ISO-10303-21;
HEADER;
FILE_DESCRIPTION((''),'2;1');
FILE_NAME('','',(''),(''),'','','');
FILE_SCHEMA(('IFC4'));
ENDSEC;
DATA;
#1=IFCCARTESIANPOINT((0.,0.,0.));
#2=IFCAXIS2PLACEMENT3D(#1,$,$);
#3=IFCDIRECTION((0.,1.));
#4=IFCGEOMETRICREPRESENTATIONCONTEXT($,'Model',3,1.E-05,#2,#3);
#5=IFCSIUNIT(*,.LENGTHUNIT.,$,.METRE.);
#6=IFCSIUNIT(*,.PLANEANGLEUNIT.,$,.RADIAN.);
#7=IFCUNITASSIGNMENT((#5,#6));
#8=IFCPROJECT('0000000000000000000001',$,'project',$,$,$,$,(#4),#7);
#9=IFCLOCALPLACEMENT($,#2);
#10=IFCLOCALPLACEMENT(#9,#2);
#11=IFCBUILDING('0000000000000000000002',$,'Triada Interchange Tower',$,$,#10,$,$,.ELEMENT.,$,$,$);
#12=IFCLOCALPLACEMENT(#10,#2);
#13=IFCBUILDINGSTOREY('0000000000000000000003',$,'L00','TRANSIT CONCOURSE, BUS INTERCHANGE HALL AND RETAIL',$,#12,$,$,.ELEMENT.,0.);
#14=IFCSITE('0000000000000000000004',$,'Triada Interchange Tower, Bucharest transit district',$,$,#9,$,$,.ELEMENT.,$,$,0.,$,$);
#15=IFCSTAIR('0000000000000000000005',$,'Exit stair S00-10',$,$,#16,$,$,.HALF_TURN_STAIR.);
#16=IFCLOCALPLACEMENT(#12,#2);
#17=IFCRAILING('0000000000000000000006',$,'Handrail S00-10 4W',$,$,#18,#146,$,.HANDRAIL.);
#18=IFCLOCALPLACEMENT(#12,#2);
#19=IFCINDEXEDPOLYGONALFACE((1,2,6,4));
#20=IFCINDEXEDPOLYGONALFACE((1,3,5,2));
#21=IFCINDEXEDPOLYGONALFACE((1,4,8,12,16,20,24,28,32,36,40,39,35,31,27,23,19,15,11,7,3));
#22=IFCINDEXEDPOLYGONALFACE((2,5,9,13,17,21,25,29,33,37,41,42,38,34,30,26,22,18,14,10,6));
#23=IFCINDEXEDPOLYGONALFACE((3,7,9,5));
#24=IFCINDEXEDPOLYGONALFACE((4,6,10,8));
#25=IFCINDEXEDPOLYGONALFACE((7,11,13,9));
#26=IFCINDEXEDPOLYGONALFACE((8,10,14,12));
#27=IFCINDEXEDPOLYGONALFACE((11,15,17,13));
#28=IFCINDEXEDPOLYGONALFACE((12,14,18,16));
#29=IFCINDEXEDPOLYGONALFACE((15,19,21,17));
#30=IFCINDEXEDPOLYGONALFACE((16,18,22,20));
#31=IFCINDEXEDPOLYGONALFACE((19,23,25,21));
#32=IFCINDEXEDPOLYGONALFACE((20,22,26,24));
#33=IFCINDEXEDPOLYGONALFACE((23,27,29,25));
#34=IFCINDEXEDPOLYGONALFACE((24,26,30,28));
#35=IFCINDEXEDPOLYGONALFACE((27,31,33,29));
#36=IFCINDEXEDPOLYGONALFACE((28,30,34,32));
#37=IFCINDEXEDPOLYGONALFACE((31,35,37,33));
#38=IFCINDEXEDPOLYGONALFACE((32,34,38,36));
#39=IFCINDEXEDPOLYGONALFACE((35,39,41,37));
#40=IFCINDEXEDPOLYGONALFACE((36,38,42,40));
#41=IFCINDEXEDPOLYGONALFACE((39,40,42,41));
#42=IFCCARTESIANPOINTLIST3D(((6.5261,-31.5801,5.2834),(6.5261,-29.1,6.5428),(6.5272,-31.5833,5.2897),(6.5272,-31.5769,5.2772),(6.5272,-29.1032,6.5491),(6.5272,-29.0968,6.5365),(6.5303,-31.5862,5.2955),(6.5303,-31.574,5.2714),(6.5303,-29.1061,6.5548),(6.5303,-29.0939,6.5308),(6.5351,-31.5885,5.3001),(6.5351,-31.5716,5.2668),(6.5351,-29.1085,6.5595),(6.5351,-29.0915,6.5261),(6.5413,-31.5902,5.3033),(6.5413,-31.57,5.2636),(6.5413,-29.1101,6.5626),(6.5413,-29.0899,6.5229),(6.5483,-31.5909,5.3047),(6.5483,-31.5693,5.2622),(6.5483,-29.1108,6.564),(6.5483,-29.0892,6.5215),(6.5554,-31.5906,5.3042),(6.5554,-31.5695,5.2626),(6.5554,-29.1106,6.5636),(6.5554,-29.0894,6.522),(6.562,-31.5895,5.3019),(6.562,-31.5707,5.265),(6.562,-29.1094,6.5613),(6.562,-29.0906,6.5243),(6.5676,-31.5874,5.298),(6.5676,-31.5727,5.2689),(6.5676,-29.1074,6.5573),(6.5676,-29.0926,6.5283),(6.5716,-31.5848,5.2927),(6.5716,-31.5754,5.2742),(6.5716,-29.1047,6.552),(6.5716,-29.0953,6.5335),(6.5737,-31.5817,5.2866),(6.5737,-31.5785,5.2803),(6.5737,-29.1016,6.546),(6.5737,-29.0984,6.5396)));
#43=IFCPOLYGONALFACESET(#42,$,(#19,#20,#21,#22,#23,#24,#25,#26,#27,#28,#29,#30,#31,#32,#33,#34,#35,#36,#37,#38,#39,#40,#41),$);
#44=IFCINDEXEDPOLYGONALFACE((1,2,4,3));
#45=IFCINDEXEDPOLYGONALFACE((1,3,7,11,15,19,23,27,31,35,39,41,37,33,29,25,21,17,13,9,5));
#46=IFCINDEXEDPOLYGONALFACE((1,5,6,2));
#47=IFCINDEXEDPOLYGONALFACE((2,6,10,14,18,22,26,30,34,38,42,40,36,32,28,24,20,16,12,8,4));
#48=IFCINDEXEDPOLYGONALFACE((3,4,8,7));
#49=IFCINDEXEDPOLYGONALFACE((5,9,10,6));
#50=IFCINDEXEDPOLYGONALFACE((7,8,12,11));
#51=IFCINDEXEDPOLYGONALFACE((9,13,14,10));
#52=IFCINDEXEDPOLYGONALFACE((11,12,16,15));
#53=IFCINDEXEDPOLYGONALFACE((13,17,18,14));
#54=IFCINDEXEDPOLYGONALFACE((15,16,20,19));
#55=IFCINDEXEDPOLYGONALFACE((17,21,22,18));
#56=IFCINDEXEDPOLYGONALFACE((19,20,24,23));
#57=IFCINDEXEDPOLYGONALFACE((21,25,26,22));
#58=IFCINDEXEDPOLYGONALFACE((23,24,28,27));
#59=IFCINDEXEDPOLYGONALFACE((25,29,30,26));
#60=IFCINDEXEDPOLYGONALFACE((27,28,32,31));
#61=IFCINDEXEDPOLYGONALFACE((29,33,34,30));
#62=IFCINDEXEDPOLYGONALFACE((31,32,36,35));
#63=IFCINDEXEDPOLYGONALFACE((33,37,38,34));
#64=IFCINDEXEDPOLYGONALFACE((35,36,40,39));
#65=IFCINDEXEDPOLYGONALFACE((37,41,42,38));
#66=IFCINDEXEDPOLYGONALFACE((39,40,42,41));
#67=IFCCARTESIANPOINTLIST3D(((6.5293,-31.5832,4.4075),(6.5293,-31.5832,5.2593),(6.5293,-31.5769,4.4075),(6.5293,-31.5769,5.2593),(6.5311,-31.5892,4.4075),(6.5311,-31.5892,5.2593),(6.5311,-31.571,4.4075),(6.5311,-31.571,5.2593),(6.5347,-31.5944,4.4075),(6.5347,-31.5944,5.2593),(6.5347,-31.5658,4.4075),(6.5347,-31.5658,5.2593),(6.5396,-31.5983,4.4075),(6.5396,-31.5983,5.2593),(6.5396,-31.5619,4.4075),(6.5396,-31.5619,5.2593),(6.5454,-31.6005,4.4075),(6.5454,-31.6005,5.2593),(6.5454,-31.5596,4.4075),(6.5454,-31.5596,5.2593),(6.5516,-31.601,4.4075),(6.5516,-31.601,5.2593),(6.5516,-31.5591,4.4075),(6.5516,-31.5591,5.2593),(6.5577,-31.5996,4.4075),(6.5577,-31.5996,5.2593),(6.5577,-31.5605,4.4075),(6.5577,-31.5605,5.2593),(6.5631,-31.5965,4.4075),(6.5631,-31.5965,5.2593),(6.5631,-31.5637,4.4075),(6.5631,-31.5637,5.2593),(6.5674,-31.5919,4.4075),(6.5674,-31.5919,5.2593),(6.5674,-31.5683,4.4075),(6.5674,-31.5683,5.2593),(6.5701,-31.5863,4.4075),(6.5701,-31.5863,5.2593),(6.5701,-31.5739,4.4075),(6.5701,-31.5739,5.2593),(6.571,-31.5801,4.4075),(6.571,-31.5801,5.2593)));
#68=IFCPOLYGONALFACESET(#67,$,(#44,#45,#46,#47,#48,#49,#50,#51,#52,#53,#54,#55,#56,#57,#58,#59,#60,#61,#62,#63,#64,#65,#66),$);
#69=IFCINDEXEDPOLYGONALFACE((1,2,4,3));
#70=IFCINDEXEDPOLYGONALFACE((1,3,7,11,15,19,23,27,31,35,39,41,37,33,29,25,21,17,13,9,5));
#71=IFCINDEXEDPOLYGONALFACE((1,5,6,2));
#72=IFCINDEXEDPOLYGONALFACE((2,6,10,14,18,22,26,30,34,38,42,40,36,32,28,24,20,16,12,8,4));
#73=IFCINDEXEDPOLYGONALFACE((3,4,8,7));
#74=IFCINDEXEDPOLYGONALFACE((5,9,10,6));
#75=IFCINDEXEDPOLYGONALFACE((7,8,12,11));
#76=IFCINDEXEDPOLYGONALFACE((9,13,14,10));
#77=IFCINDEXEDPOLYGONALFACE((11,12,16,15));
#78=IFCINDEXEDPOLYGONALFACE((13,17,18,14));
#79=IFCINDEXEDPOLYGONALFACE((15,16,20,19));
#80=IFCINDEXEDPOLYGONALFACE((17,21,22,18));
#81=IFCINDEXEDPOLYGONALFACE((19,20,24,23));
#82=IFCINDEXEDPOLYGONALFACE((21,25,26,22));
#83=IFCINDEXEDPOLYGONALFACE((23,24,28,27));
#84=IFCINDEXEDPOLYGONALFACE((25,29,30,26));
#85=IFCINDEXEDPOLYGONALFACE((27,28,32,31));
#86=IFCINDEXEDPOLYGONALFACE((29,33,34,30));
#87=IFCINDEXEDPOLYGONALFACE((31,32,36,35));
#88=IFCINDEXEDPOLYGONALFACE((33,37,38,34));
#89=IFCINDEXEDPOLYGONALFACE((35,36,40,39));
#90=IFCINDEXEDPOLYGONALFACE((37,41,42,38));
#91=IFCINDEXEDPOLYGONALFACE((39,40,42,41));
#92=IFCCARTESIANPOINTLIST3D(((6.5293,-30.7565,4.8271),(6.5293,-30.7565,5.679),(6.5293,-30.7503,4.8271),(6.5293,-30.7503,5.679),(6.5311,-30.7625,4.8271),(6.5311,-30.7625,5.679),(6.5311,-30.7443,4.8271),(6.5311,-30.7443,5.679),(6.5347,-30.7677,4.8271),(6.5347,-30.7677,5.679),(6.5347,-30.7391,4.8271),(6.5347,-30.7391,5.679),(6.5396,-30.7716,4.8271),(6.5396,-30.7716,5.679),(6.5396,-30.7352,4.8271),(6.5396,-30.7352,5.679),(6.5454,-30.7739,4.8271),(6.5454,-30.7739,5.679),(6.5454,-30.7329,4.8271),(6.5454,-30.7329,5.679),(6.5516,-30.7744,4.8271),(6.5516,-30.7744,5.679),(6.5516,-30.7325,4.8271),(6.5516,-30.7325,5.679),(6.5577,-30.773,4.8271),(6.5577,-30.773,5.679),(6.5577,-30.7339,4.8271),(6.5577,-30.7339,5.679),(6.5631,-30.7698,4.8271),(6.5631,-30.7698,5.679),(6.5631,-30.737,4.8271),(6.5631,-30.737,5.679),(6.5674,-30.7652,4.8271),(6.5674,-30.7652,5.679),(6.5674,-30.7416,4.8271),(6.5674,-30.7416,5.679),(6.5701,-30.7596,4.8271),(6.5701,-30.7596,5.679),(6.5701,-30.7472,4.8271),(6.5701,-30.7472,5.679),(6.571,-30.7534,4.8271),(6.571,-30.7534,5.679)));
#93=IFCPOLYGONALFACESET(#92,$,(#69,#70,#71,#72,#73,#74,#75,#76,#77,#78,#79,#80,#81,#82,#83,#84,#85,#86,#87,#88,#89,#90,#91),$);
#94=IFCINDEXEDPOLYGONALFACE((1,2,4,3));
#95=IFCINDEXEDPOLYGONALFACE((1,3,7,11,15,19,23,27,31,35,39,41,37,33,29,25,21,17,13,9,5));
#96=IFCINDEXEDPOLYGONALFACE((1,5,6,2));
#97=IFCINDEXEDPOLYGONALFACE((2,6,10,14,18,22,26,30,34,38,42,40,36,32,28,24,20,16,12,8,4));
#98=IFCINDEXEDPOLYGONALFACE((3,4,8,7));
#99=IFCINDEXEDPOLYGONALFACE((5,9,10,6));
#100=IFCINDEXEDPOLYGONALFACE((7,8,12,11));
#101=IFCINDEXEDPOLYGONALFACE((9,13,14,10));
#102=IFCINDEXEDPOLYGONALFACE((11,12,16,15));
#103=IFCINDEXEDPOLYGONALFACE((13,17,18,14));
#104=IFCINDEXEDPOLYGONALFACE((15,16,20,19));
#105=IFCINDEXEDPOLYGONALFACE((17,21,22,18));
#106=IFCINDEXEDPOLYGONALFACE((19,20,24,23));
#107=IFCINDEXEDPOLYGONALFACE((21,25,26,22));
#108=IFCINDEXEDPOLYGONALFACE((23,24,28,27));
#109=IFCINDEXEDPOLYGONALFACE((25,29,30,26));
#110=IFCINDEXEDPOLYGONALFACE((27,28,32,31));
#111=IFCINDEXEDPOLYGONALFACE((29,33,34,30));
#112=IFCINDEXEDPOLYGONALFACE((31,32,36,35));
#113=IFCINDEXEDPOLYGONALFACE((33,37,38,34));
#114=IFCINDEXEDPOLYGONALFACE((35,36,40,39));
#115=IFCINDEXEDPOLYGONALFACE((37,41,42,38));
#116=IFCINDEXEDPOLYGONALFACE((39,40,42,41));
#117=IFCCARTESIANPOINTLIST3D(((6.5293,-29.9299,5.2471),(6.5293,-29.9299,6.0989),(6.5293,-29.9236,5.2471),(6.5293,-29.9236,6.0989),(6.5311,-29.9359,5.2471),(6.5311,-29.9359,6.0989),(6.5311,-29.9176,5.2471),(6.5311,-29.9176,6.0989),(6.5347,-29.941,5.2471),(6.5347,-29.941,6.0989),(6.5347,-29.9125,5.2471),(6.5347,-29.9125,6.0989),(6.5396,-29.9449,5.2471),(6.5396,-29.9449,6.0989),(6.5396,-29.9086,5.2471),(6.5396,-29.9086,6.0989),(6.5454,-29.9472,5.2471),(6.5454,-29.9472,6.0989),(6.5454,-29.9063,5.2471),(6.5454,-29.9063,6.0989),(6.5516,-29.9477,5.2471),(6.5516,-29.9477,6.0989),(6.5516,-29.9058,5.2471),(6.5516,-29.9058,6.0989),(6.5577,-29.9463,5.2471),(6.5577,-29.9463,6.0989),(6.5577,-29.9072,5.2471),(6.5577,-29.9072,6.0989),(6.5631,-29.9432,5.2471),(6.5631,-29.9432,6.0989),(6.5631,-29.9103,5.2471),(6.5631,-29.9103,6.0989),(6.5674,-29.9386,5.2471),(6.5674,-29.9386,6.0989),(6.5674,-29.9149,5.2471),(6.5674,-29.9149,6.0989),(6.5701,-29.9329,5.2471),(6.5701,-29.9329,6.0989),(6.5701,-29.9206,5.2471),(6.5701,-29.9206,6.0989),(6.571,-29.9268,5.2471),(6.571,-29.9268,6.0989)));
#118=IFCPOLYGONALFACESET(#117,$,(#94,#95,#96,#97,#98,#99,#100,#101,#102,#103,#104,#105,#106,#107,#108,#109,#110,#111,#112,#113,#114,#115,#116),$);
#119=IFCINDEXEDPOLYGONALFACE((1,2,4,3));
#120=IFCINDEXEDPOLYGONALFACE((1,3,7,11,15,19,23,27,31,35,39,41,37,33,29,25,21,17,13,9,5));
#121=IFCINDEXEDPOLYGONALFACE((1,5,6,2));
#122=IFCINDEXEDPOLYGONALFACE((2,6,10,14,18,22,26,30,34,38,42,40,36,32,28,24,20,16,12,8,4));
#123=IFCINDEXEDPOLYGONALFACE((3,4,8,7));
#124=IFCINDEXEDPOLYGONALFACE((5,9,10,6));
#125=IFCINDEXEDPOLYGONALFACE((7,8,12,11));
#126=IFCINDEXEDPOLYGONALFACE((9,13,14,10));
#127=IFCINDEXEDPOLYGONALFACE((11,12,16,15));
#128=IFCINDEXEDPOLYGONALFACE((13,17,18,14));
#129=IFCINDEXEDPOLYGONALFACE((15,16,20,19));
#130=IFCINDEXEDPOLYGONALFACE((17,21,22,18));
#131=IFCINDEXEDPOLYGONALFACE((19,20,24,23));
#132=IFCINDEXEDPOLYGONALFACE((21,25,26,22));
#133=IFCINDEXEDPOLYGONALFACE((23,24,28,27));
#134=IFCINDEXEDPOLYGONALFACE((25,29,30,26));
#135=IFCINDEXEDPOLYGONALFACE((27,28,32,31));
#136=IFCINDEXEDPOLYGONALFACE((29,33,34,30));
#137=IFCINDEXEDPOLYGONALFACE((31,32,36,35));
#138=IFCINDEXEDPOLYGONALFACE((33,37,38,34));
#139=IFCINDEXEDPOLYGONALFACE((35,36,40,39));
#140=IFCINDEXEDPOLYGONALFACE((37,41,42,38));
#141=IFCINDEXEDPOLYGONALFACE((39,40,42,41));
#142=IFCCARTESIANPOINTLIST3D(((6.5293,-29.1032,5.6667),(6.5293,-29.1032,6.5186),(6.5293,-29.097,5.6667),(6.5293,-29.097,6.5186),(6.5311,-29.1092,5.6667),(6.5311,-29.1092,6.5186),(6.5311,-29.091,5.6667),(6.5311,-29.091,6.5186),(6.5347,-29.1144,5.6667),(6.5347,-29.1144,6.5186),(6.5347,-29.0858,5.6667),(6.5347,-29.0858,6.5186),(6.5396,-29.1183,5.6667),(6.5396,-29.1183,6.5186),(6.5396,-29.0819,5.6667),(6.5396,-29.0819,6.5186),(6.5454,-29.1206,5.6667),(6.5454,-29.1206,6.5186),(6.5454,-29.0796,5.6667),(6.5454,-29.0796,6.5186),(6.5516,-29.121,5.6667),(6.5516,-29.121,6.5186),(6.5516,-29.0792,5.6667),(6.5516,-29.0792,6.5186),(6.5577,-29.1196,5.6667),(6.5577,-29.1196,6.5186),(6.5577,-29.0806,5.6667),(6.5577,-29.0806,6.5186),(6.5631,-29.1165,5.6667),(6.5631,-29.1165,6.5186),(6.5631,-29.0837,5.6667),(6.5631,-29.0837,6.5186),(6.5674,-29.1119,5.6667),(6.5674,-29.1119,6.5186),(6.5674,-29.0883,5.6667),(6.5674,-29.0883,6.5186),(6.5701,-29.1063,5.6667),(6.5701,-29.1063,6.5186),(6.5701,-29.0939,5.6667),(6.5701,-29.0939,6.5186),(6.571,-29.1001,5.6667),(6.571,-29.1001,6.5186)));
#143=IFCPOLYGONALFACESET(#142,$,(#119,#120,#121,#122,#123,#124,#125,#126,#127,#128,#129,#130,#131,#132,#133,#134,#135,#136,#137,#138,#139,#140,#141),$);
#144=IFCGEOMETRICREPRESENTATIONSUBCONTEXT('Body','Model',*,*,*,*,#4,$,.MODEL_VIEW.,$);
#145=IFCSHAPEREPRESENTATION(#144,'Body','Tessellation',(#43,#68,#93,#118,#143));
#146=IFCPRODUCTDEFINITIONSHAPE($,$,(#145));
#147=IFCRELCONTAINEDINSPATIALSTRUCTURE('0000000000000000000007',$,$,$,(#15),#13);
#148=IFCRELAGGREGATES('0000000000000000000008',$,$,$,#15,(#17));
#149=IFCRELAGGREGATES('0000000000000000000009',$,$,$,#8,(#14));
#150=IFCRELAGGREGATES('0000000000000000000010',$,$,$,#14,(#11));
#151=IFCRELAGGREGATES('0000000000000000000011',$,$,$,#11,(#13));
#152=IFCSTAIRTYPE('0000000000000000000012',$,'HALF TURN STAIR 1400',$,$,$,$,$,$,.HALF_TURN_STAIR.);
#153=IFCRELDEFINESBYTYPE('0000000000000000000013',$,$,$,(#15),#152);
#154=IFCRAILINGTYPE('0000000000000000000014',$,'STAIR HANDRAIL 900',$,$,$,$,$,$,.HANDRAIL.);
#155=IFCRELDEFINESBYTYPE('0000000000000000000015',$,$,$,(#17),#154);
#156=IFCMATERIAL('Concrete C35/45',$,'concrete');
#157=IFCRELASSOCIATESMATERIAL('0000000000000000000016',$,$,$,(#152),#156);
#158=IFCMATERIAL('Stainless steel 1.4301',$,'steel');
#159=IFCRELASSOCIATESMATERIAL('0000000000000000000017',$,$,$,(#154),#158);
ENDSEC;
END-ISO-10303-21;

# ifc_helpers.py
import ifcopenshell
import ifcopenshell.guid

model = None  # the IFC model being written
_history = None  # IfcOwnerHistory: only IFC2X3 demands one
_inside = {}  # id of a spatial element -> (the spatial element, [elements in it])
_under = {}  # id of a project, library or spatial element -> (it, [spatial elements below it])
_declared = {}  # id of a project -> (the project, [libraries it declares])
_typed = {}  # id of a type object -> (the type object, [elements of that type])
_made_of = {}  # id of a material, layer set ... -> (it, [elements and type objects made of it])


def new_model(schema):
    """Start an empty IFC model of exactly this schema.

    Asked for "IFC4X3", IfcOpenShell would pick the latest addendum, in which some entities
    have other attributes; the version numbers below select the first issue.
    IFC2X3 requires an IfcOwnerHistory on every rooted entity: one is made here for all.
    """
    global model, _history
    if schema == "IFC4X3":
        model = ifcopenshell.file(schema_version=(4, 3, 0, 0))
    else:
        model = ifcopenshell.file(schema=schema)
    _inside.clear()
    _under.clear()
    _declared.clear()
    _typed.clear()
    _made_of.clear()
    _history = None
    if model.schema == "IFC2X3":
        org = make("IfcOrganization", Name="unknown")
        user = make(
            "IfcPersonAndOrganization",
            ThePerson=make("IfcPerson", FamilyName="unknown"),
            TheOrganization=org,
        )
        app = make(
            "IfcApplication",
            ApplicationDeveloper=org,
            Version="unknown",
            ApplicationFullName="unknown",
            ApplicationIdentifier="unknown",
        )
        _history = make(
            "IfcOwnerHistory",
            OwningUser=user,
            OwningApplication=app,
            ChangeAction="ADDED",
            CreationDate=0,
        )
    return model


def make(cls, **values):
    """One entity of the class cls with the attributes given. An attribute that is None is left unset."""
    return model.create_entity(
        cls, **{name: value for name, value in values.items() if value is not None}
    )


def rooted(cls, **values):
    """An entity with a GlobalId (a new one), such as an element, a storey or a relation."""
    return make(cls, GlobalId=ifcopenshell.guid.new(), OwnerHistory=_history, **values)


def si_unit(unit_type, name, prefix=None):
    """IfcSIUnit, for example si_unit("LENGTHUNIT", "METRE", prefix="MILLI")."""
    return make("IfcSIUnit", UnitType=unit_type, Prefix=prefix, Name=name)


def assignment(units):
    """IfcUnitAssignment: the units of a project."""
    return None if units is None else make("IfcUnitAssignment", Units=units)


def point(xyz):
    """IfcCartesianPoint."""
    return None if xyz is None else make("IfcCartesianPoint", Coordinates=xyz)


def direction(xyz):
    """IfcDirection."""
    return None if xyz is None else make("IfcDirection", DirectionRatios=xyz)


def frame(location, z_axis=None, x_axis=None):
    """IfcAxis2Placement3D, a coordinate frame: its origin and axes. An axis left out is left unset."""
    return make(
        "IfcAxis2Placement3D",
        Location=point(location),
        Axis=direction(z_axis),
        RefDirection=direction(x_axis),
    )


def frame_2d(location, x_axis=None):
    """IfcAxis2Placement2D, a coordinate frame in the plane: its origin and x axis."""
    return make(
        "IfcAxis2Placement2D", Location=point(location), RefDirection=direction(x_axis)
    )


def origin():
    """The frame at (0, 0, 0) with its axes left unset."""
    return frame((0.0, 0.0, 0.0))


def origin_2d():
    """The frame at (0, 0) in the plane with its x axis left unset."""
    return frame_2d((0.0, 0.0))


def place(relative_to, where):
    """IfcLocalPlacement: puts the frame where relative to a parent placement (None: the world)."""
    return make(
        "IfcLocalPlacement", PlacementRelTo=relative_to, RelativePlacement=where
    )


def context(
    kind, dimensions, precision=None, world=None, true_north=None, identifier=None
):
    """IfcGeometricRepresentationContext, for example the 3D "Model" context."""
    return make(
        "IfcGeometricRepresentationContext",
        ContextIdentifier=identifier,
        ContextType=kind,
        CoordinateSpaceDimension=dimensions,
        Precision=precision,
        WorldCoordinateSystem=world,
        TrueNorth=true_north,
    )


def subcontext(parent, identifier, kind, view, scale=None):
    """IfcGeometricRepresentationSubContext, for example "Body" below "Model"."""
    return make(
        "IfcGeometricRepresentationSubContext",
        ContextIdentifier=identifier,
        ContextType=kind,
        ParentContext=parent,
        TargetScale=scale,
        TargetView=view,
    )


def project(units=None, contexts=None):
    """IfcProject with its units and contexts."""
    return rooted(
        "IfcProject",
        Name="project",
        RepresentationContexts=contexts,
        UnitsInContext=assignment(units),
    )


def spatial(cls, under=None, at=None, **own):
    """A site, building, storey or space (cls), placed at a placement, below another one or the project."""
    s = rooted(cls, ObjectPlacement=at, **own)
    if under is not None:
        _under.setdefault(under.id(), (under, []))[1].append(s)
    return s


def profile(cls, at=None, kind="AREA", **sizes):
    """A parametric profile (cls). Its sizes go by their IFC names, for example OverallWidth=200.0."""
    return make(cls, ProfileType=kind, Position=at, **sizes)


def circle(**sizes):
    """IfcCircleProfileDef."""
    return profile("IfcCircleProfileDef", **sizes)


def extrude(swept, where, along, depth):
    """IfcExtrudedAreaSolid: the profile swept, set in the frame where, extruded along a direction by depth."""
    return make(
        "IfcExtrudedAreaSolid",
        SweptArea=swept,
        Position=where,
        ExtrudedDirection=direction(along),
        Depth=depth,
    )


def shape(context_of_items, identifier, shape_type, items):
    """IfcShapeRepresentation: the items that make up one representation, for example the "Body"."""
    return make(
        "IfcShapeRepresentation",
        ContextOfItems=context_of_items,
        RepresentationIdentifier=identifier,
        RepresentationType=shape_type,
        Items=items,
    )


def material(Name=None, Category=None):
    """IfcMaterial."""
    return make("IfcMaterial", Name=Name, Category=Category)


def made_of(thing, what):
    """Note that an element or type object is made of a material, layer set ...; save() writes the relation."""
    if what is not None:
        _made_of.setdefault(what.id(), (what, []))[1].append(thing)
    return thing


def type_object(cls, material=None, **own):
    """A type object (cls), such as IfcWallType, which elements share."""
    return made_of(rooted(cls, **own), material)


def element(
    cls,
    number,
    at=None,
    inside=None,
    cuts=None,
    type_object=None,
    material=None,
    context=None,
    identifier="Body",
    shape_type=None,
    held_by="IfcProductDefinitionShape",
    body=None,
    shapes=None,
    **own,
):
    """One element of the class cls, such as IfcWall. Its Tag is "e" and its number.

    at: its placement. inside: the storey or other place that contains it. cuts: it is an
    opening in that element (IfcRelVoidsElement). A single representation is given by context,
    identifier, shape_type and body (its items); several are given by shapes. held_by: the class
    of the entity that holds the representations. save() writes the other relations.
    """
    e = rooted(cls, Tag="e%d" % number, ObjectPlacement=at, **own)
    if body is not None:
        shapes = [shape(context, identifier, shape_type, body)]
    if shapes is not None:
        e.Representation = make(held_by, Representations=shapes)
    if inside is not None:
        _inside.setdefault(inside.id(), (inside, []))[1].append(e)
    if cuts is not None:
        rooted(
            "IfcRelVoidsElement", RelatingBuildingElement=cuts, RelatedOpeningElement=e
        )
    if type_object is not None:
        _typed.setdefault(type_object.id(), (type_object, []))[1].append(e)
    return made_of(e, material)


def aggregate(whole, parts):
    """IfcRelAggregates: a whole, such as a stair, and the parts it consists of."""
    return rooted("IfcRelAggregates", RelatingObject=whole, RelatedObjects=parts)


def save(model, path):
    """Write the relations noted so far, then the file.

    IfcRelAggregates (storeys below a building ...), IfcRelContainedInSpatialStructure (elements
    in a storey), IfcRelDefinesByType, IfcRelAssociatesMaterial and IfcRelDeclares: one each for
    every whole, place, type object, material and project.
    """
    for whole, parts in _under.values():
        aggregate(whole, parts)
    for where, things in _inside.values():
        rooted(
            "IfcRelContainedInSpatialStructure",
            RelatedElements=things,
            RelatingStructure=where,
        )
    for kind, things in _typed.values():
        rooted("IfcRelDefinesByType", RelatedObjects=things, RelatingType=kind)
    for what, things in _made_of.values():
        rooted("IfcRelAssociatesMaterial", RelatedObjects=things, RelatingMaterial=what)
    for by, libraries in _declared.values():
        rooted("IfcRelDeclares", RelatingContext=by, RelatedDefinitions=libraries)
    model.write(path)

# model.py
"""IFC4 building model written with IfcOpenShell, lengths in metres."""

from ifc_helpers import new_model, si_unit, direction, frame, origin, origin_2d, place, context, subcontext, project, spatial, circle, extrude, material, type_object, element, aggregate, save


model = new_model("IFC4")

# Units and contexts
model_context = context("Model", 3, precision=1e-05, world=origin(), true_north=direction((0.0, 1.0)))
body_context = subcontext(model_context, "Body", "Model", "MODEL_VIEW")
ifc_project = project(units=[si_unit("LENGTHUNIT", "METRE"), si_unit("PLANEANGLEUNIT", "RADIAN")], contexts=[model_context])

# Site, building, storey
site_placement = place(None, origin())
site = spatial("IfcSite", under=ifc_project, at=site_placement, Name="Triada Interchange Tower, Bucharest transit district", CompositionType="ELEMENT", RefElevation=0.0)
building_placement = place(site_placement, origin())
building = spatial("IfcBuilding", under=site, at=building_placement, Name="Triada Interchange Tower", CompositionType="ELEMENT")
storey_placement = place(building_placement, origin())
storey = spatial("IfcBuildingStorey", under=building, at=storey_placement, Name="L00", Description="TRANSIT CONCOURSE, BUS INTERCHANGE HALL AND RETAIL", CompositionType="ELEMENT", Elevation=0.0)

# Shared definitions
ifc_material_1 = material(Name="Concrete C35/45", Category="concrete")

# Shared definitions
stair_type = type_object("IfcStairType", Name="HALF TURN STAIR 1400", PredefinedType="HALF_TURN_STAIR", material=ifc_material_1)
ifc_material_2 = material(Name="Stainless steel 1.4301", Category="steel")
railing_type_1 = type_object("IfcRailingType", Name="STAIR HANDRAIL 900", PredefinedType="HANDRAIL", material=ifc_material_2)

# Stair, railing
stair_1_placement = place(storey_placement, origin())
stair_1 = element("IfcStair", 1, at=stair_1_placement, inside=storey, type_object=stair_type, Name="Exit stair S00-10", PredefinedType="HALF_TURN_STAIR")
railing_1_placement = place(storey_placement, frame((6.55, -31.5801, 4.4075)))
railing_1 = element("IfcRailing", 2, at=railing_1_placement, type_object=railing_type_1, Name="Handrail S00-10 4W", PredefinedType="HANDRAIL", context=body_context, shape_type="SweptSolid", body=[
    extrude(circle(Radius=0.0239, at=origin_2d()), frame((0.0, 0.0, 0.876), z_axis=(0.0, 0.891636, 0.452752), x_axis=(-1.0, 0.0, 0.0)), (0.0, 0.0, 1.0), 2.7815),
    extrude(circle(Radius=0.021, at=origin_2d()), origin(), (0.0, 0.0, 1.0), 0.8518),
    extrude(circle(Radius=0.021, at=origin_2d()), frame((0.0, 0.8267, 0.4197)), (0.0, 0.0, 1.0), 0.8518),
    extrude(circle(Radius=0.021, at=origin_2d()), frame((0.0, 1.6533, 0.8396)), (0.0, 0.0, 1.0), 0.8518),
    extrude(circle(Radius=0.021, at=origin_2d()), frame((0.0, 2.48, 1.2593)), (0.0, 0.0, 1.0), 0.8518),
])
aggregate(stair_1, [railing_1])

save(model, "model.ifc")
